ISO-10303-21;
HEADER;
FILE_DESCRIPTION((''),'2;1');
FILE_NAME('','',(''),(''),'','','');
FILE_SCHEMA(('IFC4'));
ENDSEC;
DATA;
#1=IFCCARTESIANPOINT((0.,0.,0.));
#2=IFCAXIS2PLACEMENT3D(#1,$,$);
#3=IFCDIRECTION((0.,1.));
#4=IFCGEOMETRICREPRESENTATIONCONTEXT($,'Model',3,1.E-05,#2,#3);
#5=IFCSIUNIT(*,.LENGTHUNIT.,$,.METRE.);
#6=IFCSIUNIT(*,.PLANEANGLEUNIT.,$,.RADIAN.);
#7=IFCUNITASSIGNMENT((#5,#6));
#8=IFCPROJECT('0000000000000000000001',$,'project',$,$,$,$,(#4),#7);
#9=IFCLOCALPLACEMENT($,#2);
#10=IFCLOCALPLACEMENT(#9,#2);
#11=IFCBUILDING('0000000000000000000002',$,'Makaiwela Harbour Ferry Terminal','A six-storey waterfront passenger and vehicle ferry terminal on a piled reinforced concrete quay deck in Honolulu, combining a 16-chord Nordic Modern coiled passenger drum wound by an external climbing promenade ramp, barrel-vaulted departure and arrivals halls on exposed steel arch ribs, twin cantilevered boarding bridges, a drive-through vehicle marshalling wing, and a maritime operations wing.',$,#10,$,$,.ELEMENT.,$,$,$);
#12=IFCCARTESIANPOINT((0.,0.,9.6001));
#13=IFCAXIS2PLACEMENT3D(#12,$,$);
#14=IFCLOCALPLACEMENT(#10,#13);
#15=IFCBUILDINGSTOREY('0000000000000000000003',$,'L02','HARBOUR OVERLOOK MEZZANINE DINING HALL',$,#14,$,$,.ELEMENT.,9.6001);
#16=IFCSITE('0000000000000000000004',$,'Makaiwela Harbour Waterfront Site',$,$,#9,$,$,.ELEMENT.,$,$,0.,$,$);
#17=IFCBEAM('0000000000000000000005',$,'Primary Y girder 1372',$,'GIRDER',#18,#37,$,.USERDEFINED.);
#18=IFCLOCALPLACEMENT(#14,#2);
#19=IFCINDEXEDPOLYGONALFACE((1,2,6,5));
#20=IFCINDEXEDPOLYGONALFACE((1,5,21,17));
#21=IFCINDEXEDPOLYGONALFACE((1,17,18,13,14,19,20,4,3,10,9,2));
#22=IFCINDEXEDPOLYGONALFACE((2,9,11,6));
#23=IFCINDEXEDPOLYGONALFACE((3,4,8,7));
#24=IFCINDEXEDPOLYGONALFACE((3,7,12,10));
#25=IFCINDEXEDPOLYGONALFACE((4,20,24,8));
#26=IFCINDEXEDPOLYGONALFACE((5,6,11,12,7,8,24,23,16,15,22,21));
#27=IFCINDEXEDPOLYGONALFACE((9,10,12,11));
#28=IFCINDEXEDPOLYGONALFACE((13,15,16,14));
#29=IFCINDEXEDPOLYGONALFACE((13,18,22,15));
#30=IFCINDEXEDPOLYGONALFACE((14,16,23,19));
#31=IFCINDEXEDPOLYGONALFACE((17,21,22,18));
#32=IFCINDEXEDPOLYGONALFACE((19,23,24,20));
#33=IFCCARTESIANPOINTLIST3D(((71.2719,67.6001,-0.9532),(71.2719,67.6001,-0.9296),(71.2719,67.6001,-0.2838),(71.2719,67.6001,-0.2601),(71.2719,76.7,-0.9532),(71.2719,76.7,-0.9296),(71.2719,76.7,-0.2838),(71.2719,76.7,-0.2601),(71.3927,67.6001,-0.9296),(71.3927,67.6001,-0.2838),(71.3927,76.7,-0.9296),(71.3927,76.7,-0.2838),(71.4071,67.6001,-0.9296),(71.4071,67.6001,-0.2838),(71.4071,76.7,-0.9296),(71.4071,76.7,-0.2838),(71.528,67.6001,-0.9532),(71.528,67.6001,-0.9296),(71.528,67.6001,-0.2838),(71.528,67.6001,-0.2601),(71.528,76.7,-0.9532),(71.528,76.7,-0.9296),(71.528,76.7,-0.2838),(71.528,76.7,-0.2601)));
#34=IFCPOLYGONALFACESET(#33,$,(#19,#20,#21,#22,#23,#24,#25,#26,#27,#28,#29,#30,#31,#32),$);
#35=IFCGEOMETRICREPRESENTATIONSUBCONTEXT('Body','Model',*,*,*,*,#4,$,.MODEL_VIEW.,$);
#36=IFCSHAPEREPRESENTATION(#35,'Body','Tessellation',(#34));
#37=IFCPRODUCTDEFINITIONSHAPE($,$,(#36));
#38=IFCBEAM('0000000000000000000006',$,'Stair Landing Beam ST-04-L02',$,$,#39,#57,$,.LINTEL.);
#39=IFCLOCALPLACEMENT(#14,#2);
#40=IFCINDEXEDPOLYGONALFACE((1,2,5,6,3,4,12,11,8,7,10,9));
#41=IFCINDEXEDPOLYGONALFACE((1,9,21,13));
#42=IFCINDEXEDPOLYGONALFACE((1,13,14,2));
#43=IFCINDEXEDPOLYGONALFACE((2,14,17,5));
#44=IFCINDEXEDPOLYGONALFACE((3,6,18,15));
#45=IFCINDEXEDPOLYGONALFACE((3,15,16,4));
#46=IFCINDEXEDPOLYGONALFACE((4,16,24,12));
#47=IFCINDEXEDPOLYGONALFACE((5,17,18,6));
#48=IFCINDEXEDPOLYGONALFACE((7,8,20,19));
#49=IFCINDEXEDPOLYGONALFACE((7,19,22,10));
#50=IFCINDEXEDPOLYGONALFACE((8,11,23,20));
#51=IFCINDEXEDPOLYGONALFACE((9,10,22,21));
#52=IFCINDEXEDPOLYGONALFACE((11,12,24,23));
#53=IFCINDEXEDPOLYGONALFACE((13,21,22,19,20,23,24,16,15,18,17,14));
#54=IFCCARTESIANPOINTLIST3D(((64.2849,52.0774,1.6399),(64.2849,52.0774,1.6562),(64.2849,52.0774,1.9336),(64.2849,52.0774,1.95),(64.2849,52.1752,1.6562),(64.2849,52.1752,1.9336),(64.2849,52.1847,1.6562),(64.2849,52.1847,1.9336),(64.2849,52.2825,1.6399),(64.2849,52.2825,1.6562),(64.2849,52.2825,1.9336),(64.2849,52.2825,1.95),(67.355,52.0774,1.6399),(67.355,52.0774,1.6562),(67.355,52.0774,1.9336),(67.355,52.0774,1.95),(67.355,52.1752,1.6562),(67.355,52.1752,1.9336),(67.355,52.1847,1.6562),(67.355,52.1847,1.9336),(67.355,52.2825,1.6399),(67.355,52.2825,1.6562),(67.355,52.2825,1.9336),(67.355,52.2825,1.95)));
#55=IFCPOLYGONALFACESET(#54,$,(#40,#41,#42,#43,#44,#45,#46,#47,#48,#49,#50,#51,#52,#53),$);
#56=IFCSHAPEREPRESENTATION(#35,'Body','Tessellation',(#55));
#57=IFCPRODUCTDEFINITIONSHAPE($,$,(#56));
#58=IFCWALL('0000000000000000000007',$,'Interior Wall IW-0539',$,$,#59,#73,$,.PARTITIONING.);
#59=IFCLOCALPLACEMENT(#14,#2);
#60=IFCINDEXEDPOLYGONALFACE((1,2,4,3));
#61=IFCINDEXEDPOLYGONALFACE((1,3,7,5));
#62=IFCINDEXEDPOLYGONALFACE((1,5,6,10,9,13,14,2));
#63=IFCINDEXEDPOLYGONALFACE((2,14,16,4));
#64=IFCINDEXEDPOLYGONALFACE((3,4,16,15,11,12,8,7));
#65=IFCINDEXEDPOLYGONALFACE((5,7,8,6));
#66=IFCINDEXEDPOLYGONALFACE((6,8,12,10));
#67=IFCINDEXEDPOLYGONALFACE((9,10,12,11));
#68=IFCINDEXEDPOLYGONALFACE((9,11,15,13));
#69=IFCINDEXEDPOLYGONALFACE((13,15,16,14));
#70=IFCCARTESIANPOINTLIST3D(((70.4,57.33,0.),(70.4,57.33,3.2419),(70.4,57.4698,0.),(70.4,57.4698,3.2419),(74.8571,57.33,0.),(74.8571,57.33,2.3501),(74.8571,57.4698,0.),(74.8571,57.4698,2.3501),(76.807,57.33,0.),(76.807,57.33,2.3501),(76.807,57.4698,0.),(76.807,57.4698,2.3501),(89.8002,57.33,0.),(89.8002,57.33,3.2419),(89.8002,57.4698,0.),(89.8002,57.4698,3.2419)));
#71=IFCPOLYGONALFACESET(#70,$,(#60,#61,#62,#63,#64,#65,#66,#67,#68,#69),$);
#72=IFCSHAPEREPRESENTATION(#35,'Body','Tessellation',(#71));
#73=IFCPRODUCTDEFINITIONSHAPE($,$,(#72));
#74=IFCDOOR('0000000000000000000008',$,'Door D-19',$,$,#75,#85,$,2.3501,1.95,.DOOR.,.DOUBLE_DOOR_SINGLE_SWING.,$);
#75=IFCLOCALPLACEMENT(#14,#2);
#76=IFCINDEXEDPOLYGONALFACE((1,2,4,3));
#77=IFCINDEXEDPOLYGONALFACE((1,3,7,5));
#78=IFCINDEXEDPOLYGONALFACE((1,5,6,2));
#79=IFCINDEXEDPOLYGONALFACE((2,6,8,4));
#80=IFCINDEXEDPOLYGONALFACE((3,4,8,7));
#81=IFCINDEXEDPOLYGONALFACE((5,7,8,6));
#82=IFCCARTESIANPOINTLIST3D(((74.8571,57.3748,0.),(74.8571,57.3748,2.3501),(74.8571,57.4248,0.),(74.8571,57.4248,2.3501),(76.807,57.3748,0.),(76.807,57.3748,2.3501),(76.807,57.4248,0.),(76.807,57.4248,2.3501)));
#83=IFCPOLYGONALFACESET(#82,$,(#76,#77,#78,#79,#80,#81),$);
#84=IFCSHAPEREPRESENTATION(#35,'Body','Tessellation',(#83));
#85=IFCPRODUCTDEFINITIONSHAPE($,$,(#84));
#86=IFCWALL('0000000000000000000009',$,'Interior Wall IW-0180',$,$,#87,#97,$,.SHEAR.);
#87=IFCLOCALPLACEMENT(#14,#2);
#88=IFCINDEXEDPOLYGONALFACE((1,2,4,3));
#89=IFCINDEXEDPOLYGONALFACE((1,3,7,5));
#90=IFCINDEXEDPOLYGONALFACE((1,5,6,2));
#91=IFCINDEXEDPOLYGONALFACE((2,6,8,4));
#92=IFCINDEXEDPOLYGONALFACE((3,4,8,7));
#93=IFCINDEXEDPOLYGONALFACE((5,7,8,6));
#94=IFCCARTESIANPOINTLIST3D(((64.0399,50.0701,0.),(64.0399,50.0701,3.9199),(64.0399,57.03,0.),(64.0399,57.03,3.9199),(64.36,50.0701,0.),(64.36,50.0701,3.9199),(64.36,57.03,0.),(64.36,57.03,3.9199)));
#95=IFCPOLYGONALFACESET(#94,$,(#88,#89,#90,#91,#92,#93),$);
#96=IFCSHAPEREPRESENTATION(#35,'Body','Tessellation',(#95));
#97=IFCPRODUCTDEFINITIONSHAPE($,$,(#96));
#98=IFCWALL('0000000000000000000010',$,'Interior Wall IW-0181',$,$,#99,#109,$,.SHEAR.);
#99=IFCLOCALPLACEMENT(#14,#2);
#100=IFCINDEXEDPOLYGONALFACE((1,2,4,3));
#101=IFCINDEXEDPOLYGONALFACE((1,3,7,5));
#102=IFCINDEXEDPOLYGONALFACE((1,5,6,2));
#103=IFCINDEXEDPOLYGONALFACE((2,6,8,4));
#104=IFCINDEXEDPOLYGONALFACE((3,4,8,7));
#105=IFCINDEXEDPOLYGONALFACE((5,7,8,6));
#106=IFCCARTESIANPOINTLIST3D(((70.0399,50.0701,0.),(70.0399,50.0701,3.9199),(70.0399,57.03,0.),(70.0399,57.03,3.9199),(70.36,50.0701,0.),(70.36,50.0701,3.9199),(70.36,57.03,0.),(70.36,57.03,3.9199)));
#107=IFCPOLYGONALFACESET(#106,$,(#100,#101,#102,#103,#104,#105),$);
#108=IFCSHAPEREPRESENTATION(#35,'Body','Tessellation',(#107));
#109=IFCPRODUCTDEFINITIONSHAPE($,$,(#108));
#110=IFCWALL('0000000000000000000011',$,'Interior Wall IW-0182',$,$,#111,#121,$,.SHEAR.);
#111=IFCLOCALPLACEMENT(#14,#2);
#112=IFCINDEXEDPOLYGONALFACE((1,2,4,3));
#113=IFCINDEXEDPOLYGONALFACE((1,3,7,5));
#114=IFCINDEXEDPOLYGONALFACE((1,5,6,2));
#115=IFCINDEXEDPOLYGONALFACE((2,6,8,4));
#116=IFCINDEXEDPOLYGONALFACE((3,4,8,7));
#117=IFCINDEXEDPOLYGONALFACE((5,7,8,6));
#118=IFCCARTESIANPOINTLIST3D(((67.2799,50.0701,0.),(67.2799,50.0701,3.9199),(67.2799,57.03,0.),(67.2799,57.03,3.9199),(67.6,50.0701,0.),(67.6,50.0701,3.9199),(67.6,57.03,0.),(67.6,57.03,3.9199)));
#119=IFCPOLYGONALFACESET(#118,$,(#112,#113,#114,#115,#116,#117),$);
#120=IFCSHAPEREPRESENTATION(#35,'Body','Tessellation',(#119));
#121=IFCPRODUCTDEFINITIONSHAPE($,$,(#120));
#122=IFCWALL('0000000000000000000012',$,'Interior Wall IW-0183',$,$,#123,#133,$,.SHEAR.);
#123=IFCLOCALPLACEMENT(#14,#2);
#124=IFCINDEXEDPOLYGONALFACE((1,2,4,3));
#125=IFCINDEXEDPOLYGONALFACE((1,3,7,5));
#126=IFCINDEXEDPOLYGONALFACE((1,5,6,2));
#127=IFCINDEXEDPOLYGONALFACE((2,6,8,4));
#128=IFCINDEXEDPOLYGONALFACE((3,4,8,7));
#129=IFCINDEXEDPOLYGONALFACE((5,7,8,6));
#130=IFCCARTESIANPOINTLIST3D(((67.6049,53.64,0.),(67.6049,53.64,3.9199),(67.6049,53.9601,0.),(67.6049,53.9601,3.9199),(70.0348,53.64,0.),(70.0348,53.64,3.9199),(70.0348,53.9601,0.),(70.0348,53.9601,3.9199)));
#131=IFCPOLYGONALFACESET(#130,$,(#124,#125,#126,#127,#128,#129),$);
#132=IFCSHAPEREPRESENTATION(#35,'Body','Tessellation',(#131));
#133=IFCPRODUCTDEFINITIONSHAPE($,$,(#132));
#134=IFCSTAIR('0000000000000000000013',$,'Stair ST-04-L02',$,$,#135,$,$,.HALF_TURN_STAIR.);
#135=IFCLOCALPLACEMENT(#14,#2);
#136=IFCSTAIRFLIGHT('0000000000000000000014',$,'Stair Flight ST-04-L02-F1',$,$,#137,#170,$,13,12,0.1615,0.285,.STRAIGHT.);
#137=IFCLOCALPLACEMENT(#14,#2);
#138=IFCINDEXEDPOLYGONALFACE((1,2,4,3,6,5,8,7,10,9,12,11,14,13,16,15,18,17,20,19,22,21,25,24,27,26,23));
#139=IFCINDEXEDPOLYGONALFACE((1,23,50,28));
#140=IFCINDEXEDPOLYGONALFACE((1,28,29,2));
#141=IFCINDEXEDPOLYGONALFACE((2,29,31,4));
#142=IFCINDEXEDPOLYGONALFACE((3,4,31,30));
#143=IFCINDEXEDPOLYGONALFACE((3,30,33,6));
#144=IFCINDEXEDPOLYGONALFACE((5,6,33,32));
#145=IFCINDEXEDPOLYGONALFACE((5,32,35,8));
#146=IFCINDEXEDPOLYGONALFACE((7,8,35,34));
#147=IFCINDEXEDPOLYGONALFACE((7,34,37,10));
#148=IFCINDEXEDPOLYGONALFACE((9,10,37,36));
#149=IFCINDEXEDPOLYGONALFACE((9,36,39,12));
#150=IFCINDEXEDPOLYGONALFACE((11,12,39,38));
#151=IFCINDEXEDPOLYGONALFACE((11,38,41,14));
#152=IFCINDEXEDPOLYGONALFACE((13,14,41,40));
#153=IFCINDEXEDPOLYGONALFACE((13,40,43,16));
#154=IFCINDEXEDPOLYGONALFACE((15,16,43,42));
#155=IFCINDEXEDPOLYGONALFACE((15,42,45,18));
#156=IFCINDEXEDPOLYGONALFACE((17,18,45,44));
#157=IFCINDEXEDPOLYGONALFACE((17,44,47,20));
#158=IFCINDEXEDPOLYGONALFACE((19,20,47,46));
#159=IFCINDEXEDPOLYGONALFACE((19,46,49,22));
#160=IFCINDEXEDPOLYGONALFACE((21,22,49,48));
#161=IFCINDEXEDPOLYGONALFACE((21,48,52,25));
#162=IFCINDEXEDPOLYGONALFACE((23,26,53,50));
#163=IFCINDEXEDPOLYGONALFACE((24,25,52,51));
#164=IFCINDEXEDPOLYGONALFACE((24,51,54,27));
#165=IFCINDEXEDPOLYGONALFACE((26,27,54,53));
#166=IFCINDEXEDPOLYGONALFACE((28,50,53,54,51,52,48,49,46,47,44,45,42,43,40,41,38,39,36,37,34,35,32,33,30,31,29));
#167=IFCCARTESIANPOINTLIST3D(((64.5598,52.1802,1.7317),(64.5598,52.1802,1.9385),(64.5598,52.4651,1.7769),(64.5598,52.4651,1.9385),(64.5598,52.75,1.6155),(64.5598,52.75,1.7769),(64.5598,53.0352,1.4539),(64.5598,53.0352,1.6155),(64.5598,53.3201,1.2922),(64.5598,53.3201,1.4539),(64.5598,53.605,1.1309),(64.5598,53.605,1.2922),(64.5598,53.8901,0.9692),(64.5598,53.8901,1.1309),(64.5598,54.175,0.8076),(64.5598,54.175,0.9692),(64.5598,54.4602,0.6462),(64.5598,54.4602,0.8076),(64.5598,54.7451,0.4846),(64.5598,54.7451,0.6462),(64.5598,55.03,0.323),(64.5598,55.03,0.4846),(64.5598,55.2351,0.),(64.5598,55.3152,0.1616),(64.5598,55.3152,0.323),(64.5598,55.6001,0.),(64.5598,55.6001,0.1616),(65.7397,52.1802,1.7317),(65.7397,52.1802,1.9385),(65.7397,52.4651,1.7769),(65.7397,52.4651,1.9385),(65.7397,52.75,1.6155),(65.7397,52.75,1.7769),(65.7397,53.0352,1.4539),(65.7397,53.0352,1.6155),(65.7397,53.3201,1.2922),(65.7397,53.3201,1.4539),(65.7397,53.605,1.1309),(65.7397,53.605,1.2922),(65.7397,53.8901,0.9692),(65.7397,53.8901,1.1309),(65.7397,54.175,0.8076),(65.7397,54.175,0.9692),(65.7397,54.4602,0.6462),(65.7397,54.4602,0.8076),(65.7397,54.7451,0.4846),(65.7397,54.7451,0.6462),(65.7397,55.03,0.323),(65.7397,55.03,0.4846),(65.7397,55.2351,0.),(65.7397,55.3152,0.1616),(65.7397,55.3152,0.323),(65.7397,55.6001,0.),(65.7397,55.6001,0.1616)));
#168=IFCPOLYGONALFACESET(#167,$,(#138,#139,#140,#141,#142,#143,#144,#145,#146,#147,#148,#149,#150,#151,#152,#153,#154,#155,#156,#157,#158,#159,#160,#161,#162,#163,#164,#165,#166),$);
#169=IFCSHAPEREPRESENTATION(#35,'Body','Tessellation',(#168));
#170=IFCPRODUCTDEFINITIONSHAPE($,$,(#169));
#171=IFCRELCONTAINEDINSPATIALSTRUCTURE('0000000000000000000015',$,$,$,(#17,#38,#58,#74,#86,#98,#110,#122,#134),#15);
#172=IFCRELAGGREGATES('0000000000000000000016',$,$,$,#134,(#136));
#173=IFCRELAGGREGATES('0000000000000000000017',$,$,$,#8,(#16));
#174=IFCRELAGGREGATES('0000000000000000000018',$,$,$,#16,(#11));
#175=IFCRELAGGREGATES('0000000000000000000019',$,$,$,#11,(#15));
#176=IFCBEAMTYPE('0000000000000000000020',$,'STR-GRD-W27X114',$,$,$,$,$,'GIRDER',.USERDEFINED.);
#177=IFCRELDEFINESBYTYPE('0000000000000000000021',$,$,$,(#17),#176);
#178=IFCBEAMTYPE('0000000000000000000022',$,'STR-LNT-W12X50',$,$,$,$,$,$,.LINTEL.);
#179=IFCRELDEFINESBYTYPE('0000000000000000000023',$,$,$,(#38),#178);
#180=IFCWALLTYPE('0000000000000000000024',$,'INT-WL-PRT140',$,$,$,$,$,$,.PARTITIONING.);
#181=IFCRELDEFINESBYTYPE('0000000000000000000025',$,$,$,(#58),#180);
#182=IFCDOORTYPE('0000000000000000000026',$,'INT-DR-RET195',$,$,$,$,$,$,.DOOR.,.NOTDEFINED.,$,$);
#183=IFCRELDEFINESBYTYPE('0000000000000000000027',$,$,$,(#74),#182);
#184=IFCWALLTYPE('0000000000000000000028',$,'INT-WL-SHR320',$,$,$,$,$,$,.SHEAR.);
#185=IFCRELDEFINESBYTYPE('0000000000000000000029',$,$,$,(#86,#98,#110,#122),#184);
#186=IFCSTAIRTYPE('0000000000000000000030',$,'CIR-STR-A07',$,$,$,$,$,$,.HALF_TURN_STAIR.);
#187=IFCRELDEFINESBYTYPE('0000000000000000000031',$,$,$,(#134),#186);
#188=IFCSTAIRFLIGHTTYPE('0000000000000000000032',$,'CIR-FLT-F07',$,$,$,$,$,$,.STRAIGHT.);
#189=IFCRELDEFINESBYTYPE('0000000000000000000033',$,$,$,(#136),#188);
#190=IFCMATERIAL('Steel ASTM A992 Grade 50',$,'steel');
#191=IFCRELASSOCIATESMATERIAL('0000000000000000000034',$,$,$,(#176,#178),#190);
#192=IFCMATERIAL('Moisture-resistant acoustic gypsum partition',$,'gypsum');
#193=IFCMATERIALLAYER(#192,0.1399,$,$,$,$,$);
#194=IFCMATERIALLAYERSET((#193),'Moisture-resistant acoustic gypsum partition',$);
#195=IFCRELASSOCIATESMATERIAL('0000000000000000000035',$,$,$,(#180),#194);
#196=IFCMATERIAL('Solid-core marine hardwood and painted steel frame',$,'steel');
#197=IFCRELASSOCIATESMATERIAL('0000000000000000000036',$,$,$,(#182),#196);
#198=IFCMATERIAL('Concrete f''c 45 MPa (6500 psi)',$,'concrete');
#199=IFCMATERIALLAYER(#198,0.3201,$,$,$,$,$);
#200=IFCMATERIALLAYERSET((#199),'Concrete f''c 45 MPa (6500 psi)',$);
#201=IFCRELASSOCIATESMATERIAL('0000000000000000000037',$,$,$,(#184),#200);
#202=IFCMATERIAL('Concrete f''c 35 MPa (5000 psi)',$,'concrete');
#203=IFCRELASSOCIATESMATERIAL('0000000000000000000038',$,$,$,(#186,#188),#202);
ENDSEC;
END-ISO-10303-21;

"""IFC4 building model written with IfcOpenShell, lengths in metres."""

from ifc_helpers import new_model, si_unit, direction, frame, frame_2d, origin, origin_2d, place, context, subcontext, project, spatial, polyline, rectangle, i_section, outline, extrude, material, layer, layer_set, material_profile, profile_set, type_object, element, fill, aggregate, save


model = new_model("IFC4")

# Units and contexts
model_context = context("Model", 3, precision=1e-05, world=origin(), true_north=direction((0.0, 1.0)))
body_context = subcontext(model_context, "Body", "Model", "MODEL_VIEW")
ifc_project = project(units=[si_unit("LENGTHUNIT", "METRE"), si_unit("PLANEANGLEUNIT", "RADIAN")], contexts=[model_context])

# Site, building, storey
site_placement = place(None, origin())
site = spatial("IfcSite", under=ifc_project, at=site_placement, Name="Makaiwela Harbour Waterfront Site", CompositionType="ELEMENT", RefElevation=0.0)
building_placement = place(site_placement, origin())
building = spatial("IfcBuilding", under=site, at=building_placement, Name="Makaiwela Harbour Ferry Terminal", Description="A six-storey waterfront passenger and vehicle ferry terminal on a piled reinforced concrete quay deck in Honolulu, combining a 16-chord Nordic Modern coiled passenger drum wound by an external climbing promenade ramp, barrel-vaulted departure and arrivals halls on exposed steel arch ribs, twin cantilevered boarding bridges, a drive-through vehicle marshalling wing, and a maritime operations wing.", CompositionType="ELEMENT")
storey_placement = place(building_placement, frame((0.0, 0.0, 9.6001)))
storey = spatial("IfcBuildingStorey", under=building, at=storey_placement, Name="L02", Description="HARBOUR OVERLOOK MEZZANINE DINING HALL", CompositionType="ELEMENT", Elevation=9.6001)

# Shared definitions
ifc_material_1 = material(Name="Steel ASTM A992 Grade 50", Category="steel")

# Beams
ifc_material_profile_1 = material_profile(ifc_material_1, i_section(OverallWidth=0.2561, OverallDepth=0.6931, WebThickness=0.0144, FlangeThickness=0.0237, at=origin_2d()), Name="W27X114")
ifc_profile_set_1 = profile_set([ifc_material_profile_1], Name="Steel ASTM A992 Grade 50")
beam_type_1 = type_object("IfcBeamType", Name="STR-GRD-W27X114", ElementType="GIRDER", PredefinedType="USERDEFINED", material=ifc_profile_set_1)
beam_1_placement = place(storey_placement, frame((71.3999, 67.6001, -0.6067), z_axis=(0.0, 1.0, 0.0), x_axis=(-1.0, 0.0, 0.0)))
element("IfcBeam", 1, at=beam_1_placement, inside=storey, type_object=beam_type_1, Name="Primary Y girder 1372", ObjectType="GIRDER", PredefinedType="USERDEFINED", context=body_context, shape_type="SweptSolid", body=[
    extrude(i_section(OverallWidth=0.2561, OverallDepth=0.6931, WebThickness=0.0144, FlangeThickness=0.0237, at=origin_2d()), origin(), (0.0, 0.0, 1.0), 9.0999),
])
ifc_material_profile_2 = material_profile(ifc_material_1, i_section(OverallWidth=0.2051, OverallDepth=0.3101, WebThickness=0.0095, FlangeThickness=0.0164, at=origin_2d()), Name="W12X50")
ifc_profile_set_2 = profile_set([ifc_material_profile_2], Name="Steel ASTM A992 Grade 50")
beam_type_2 = type_object("IfcBeamType", Name="STR-LNT-W12X50", PredefinedType="LINTEL", material=ifc_profile_set_2)
beam_2_placement = place(storey_placement, frame((64.2849, 52.1799, 1.7949), z_axis=(1.0, 0.0, 0.0), x_axis=(0.0, 1.0, 0.0)))
element("IfcBeam", 2, at=beam_2_placement, inside=storey, type_object=beam_type_2, Name="Stair Landing Beam ST-04-L02", PredefinedType="LINTEL", context=body_context, shape_type="SweptSolid", body=[
    extrude(i_section(OverallWidth=0.2051, OverallDepth=0.3101, WebThickness=0.0095, FlangeThickness=0.0164, at=origin_2d()), origin(), (0.0, 0.0, 1.0), 3.0701),
])

# Wall, opening, door
ifc_material_2 = material(Name="Moisture-resistant acoustic gypsum partition", Category="gypsum")
ifc_layer_1 = layer(ifc_material_2, 0.1399)
ifc_layer_set_1 = layer_set([ifc_layer_1], Name="Moisture-resistant acoustic gypsum partition")
wall_type_1 = type_object("IfcWallType", Name="INT-WL-PRT140", PredefinedType="PARTITIONING", material=ifc_layer_set_1)
wall_1_placement = place(storey_placement, frame((70.3999, 57.3999, 0.0), z_axis=(0.0, 0.0, 1.0), x_axis=(1.0, 0.0, 0.0)))
wall_1 = element("IfcWall", 3, at=wall_1_placement, inside=storey, type_object=wall_type_1, Name="Interior Wall IW-0539", PredefinedType="PARTITIONING", context=body_context, shape_type="SweptSolid", body=[
    extrude(rectangle(XDim=19.4001, YDim=0.1399, at=frame_2d((9.7002, 0.0))), origin(), (0.0, 0.0, 1.0), 3.2419),
])
opening_placement = place(wall_1_placement, frame((4.457, 0.0, 0.0)))
opening = element("IfcOpeningElement", 4, at=opening_placement, cuts=wall_1, PredefinedType="OPENING", context=body_context, shape_type="SweptSolid", body=[
    extrude(rectangle(XDim=1.95, YDim=2.3501, at=frame_2d((0.9751, 1.175))), frame((0.0, 0.0798, 0.0), z_axis=(0.0, -1.0, 0.0), x_axis=(1.0, 0.0, 0.0)), (0.0, 0.0, 1.0), 0.1599),
])
ifc_material_3 = material(Name="Solid-core marine hardwood and painted steel frame", Category="steel")
door_type = type_object("IfcDoorType", Name="INT-DR-RET195", OperationType="NOTDEFINED", PredefinedType="DOOR", material=ifc_material_3)
door_placement = place(opening_placement, origin())
door = element("IfcDoor", 5, at=door_placement, inside=storey, type_object=door_type, Name="Door D-19", OperationType="DOUBLE_DOOR_SINGLE_SWING", OverallHeight=2.3501, OverallWidth=1.95, PredefinedType="DOOR", context=body_context, shape_type="SweptSolid", body=[
    extrude(rectangle(XDim=1.95, YDim=2.3501, at=frame_2d((0.9751, 1.175))), frame((0.0, 0.0249, 0.0), z_axis=(0.0, -1.0, 0.0), x_axis=(1.0, 0.0, 0.0)), (0.0, 0.0, 1.0), 0.05),
])
fill(opening, door)

# Walls
ifc_material_4 = material(Name="Concrete f'c 45 MPa (6500 psi)", Category="concrete")
ifc_layer_2 = layer(ifc_material_4, 0.3201)
ifc_layer_set_2 = layer_set([ifc_layer_2], Name="Concrete f'c 45 MPa (6500 psi)")
wall_type_2 = type_object("IfcWallType", Name="INT-WL-SHR320", PredefinedType="SHEAR", material=ifc_layer_set_2)
for number, where, z_axis, x_axis, name in (
    (6, (64.2, 50.0701, 0.0), (0.0, 0.0, 1.0), (0.0, 1.0, 0.0), "Interior Wall IW-0180"),
    (7, (70.2, 50.0701, 0.0), (0.0, 0.0, 1.0), (0.0, 1.0, 0.0), "Interior Wall IW-0181"),
    (8, (67.4399, 50.0701, 0.0), (0.0, 0.0, 1.0), (0.0, 1.0, 0.0), "Interior Wall IW-0182"),
):
    element("IfcWall", number, at=place(storey_placement, frame(where, z_axis=z_axis, x_axis=x_axis)), inside=storey, type_object=wall_type_2, Name=name, PredefinedType="SHEAR", context=body_context, shape_type="SweptSolid", body=[
        extrude(rectangle(XDim=6.96, YDim=0.3201, at=frame_2d((3.48, 0.0))), origin(), (0.0, 0.0, 1.0), 3.9199),
    ])
wall_2_placement = place(storey_placement, frame((67.605, 53.8, 0.0), z_axis=(0.0, 0.0, 1.0), x_axis=(1.0, 0.0, 0.0)))
element("IfcWall", 9, at=wall_2_placement, inside=storey, type_object=wall_type_2, Name="Interior Wall IW-0183", PredefinedType="SHEAR", context=body_context, shape_type="SweptSolid", body=[
    extrude(rectangle(XDim=2.4299, YDim=0.3201, at=frame_2d((1.2148, 0.0))), origin(), (0.0, 0.0, 1.0), 3.9199),
])

# Stair, stair flight
ifc_material_5 = material(Name="Concrete f'c 35 MPa (5000 psi)", Category="concrete")
stair_type = type_object("IfcStairType", Name="CIR-STR-A07", PredefinedType="HALF_TURN_STAIR", material=ifc_material_5)
stair_placement = place(storey_placement, origin())
stair = element("IfcStair", 10, at=stair_placement, inside=storey, type_object=stair_type, Name="Stair ST-04-L02", PredefinedType="HALF_TURN_STAIR")
stair_flight_type = type_object("IfcStairFlightType", Name="CIR-FLT-F07", PredefinedType="STRAIGHT", material=ifc_material_5)
stair_flight_1_placement = place(storey_placement, frame((65.1499, 55.6001, 0.0), z_axis=(0.0, 0.0, 1.0), x_axis=(0.0, -1.0, 0.0)))
stair_flight_1 = element("IfcStairFlight", 11, at=stair_flight_1_placement, type_object=stair_flight_type, Name="Stair Flight ST-04-L02-F1", NumberOfRisers=13, NumberOfTreads=12, PredefinedType="STRAIGHT", RiserHeight=0.1615, TreadLength=0.285, context=body_context, shape_type="SweptSolid", body=[
    extrude(outline(polyline([(0.0, 0.0), (0.0, 0.1616), (0.2849, 0.1616), (0.2849, 0.323), (0.5701, 0.323), (0.5701, 0.4846), (0.855, 0.4846), (0.855, 0.6462), (1.1399, 0.6462), (1.1399, 0.8076), (1.425, 0.8076), (1.425, 0.9692), (1.71, 0.9692), (1.71, 1.1309), (1.9951, 1.1309), (1.9951, 1.2922), (2.28, 1.2922), (2.28, 1.4539), (2.5649, 1.4539), (2.5649, 1.6155), (2.8501, 1.6155), (2.8501, 1.7769), (3.135, 1.7769), (3.135, 1.9385), (3.4199, 1.9385), (3.4199, 2.1001), (3.4199, 1.7317), (0.365, 0.0), (0.0, 0.0)])), frame((0.0, 0.5898, 0.0), z_axis=(0.0, -1.0, 0.0), x_axis=(1.0, 0.0, 0.0)), (0.0, 0.0, 1.0), 1.1799),
])
aggregate(stair, [stair_flight_1])

save(model, "model.ifc")
